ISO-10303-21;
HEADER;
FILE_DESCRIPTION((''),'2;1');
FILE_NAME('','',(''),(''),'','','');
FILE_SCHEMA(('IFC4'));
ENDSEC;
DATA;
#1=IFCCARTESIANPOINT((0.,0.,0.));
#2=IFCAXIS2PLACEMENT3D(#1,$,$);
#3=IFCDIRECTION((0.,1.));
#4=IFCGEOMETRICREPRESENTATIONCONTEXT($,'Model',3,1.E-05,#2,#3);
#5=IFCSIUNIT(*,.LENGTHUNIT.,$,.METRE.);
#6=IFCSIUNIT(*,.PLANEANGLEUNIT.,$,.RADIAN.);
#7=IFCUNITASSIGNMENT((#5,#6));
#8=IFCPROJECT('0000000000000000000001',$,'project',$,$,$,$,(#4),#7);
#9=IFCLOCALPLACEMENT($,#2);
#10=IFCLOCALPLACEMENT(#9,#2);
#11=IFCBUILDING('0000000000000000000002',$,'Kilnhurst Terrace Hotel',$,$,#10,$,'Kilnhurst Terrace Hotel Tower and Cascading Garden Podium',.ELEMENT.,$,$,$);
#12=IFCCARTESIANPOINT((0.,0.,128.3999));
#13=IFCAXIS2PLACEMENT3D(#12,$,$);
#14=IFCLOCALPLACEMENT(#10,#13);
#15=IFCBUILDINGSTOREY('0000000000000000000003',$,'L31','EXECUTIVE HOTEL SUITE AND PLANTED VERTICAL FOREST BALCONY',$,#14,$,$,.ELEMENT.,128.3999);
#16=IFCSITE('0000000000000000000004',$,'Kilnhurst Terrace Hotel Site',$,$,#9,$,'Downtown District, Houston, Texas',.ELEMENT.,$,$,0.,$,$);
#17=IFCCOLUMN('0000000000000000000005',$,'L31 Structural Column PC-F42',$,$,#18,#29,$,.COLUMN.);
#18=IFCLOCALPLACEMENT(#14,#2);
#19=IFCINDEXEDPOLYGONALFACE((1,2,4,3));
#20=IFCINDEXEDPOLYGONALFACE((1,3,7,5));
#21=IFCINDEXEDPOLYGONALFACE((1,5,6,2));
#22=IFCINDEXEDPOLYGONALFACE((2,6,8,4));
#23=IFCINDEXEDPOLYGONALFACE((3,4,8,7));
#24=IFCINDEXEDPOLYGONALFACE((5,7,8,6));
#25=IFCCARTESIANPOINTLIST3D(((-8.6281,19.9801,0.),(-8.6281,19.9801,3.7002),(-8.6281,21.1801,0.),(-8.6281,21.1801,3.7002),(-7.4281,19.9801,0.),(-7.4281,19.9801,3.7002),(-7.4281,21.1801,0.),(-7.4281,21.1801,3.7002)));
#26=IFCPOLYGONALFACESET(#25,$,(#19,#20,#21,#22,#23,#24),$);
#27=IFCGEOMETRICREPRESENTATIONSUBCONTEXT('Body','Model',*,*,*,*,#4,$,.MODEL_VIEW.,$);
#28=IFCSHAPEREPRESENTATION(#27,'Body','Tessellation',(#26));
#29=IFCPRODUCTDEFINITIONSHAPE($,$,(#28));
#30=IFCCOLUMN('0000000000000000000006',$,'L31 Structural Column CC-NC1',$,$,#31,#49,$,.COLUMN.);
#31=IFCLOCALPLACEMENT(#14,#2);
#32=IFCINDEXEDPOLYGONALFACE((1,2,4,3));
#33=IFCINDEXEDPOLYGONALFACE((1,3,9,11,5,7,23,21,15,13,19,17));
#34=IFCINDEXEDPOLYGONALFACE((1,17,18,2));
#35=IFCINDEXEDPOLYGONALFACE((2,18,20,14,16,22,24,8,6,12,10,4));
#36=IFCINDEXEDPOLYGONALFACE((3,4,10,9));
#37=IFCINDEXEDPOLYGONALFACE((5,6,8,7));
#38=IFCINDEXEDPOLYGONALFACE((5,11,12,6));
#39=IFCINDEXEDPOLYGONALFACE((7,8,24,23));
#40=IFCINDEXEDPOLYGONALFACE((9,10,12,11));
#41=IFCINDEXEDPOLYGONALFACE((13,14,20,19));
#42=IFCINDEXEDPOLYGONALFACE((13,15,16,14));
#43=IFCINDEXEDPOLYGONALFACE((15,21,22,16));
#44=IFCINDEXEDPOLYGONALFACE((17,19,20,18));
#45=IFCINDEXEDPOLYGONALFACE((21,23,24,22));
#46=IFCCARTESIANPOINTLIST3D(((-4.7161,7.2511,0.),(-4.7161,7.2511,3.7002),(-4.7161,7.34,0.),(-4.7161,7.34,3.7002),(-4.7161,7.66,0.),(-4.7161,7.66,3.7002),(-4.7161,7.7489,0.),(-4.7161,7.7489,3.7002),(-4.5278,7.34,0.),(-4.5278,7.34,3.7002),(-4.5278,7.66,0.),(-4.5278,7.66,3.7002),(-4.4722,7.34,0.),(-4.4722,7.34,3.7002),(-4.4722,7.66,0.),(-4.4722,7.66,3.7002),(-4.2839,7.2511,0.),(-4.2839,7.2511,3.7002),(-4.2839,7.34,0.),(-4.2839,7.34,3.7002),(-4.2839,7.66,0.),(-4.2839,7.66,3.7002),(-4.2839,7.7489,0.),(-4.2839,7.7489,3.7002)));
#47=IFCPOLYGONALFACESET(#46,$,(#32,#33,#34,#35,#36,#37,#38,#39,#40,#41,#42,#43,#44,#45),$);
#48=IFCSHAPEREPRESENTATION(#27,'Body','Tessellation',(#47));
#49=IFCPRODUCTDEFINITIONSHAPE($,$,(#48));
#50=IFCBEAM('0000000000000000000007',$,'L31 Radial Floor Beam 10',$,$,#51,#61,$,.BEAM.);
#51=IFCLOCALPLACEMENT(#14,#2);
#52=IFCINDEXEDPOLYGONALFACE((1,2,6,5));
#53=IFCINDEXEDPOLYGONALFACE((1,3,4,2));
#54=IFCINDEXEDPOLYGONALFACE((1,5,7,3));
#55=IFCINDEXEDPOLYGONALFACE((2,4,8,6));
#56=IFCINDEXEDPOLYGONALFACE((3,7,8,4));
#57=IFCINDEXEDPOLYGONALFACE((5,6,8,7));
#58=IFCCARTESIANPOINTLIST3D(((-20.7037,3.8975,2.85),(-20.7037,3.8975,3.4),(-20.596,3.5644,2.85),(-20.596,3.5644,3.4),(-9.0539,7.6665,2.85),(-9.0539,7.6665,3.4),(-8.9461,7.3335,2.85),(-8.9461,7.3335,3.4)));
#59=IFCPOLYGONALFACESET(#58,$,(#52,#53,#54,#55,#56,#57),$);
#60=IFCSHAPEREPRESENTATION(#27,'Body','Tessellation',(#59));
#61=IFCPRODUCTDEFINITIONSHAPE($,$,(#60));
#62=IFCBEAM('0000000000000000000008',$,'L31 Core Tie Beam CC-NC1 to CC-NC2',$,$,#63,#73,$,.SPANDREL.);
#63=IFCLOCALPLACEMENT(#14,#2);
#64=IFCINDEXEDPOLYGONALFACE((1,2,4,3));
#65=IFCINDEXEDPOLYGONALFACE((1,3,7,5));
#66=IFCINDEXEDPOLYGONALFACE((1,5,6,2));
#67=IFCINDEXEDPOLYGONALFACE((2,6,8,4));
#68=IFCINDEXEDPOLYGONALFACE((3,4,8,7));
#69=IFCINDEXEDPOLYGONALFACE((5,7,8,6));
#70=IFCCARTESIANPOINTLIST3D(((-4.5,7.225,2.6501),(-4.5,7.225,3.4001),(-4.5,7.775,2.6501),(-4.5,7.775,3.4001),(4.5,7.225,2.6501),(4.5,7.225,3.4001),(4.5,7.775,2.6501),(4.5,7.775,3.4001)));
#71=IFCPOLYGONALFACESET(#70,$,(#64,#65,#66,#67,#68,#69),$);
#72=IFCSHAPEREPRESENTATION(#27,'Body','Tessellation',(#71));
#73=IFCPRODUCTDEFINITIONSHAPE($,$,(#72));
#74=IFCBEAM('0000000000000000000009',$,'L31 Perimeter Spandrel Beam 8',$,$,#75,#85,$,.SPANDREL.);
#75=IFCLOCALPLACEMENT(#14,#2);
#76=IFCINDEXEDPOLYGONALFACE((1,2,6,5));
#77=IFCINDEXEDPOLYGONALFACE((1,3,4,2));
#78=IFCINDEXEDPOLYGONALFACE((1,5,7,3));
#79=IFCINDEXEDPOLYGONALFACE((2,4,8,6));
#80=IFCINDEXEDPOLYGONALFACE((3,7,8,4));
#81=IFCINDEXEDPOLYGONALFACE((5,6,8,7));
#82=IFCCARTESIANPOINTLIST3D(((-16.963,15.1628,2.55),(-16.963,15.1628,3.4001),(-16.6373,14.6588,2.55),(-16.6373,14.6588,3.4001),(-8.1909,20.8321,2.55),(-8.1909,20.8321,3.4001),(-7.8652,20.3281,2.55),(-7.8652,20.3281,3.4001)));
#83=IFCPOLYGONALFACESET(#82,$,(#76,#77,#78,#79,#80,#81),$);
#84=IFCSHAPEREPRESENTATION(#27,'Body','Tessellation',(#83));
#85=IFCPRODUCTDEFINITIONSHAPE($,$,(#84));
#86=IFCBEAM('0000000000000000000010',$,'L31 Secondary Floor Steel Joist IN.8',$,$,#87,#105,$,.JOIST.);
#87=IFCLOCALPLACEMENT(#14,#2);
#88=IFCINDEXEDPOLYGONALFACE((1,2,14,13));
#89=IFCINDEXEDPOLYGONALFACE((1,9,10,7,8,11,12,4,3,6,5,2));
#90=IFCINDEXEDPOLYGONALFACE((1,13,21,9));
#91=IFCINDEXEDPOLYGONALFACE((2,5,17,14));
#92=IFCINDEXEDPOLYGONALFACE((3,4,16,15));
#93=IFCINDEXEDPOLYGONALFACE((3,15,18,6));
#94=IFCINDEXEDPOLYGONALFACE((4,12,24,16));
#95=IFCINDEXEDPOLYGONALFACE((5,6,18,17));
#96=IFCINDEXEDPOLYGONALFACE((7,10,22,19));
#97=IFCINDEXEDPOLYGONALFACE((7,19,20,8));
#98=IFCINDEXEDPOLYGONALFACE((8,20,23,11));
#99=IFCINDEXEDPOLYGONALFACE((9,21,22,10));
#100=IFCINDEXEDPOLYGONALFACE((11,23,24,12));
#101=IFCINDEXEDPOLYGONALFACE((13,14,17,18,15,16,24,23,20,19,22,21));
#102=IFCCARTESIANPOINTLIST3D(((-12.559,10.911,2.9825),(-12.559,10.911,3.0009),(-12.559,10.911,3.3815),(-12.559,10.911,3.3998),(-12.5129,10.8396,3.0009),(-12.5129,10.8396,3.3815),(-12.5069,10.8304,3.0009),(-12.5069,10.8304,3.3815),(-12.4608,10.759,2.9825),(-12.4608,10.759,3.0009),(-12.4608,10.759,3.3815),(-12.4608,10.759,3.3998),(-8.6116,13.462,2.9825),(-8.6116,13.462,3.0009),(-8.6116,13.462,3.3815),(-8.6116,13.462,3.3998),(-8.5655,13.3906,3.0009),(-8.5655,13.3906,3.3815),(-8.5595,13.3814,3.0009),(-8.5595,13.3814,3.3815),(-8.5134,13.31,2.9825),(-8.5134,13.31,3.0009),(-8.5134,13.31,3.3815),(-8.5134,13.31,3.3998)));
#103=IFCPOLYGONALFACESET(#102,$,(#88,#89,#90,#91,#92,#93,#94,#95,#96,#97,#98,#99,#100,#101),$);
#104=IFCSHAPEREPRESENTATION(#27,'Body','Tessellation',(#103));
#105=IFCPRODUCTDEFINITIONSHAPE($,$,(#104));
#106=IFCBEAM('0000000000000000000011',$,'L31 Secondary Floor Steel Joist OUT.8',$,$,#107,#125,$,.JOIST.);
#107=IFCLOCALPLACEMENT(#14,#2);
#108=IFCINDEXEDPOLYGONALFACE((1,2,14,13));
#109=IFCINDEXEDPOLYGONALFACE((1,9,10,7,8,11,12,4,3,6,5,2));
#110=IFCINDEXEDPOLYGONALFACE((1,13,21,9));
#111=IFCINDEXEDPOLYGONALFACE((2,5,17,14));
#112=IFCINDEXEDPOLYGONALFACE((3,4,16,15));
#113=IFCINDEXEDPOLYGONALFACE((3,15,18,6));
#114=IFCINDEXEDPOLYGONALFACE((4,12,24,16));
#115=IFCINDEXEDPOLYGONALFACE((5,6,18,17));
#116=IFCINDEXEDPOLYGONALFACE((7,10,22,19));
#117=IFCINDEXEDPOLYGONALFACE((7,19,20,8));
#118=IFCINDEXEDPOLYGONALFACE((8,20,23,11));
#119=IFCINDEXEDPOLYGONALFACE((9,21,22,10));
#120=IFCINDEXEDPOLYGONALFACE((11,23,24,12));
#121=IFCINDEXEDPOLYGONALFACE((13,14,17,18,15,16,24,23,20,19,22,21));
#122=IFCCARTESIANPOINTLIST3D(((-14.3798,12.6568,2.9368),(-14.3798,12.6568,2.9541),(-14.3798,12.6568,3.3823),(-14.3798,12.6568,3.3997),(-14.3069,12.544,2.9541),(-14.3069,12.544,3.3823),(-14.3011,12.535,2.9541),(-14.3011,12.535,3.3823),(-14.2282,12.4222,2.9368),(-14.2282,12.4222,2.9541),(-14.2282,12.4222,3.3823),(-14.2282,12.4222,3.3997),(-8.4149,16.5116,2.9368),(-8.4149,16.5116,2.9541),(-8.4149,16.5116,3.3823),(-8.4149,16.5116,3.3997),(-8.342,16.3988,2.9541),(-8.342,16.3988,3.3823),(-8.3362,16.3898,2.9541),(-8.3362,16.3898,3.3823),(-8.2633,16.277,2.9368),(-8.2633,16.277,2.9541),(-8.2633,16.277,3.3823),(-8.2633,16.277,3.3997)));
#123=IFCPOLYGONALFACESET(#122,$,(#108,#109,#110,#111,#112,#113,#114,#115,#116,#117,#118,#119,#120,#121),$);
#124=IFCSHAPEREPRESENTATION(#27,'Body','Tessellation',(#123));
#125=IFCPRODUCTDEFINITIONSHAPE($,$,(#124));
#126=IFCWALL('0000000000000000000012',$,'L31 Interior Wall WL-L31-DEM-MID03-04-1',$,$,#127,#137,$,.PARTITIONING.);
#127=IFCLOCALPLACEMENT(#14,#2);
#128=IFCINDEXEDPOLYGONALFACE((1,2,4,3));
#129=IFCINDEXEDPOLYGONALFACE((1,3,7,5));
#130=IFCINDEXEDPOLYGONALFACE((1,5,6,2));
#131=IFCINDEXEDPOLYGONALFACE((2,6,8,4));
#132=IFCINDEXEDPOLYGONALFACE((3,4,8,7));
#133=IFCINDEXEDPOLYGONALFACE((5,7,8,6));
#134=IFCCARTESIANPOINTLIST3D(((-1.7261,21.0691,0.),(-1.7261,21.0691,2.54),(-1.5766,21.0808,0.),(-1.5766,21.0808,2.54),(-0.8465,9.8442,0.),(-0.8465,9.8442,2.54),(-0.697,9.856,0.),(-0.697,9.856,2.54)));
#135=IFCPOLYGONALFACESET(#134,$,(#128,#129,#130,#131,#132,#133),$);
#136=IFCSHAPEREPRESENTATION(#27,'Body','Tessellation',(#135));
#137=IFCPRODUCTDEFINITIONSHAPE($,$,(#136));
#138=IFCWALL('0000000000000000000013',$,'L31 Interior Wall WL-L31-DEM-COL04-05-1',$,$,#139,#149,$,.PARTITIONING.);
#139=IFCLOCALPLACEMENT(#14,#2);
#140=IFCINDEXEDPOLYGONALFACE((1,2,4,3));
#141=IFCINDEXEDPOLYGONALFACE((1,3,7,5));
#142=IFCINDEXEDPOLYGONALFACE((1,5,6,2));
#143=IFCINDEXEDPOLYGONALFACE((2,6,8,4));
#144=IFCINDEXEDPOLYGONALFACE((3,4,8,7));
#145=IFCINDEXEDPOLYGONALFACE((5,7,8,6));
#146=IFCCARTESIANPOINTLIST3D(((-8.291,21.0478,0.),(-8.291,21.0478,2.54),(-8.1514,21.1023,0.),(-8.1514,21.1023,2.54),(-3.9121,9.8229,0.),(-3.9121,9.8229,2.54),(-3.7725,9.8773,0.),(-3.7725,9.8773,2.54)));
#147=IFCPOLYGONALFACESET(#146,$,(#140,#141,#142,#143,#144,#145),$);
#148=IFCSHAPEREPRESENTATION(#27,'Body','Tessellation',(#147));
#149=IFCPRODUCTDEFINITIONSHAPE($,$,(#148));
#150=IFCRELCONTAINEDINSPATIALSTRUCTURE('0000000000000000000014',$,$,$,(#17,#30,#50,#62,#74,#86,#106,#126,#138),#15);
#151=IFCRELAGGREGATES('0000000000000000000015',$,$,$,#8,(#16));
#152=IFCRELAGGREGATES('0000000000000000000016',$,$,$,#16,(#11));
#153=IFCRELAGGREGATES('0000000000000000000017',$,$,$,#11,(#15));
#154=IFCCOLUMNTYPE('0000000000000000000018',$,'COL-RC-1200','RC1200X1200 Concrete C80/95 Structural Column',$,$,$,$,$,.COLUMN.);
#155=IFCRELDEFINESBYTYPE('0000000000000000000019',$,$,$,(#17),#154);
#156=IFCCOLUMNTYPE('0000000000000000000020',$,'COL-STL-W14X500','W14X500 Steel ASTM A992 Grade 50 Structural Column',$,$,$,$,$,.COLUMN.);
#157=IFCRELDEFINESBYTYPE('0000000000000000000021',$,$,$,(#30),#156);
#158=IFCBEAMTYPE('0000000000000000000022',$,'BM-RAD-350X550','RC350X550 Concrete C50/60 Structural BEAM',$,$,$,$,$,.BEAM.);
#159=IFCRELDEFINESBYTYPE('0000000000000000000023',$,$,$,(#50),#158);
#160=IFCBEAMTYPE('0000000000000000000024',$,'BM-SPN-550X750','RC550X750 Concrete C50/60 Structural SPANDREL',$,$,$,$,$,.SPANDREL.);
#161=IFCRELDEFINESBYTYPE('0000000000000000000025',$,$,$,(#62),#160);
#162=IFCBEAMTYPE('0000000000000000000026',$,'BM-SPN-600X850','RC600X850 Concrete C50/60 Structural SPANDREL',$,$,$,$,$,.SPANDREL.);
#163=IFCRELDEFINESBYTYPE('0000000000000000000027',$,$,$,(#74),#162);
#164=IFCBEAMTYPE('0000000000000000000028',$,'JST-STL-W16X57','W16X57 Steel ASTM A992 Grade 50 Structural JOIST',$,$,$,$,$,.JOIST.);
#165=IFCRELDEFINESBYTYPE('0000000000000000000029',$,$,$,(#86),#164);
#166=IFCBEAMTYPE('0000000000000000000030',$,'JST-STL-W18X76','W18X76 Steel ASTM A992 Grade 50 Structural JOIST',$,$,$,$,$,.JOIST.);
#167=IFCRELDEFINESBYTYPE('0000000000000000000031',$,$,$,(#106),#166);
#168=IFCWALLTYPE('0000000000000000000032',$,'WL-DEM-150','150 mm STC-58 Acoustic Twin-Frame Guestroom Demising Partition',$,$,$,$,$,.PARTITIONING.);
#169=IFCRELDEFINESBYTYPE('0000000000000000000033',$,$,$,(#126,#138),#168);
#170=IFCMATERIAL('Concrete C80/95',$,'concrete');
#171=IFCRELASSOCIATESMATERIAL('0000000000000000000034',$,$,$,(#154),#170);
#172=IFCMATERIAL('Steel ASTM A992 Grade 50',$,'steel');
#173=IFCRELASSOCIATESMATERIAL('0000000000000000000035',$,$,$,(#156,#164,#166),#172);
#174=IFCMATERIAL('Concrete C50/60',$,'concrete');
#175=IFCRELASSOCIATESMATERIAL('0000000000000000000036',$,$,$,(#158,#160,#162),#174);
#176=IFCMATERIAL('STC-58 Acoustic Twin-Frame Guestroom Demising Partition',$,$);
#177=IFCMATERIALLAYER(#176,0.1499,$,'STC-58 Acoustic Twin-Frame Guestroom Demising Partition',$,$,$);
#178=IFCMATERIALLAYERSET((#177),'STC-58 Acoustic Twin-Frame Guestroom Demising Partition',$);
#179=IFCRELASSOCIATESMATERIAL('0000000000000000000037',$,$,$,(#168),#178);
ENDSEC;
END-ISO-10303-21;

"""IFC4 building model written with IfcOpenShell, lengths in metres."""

from ifc_helpers import new_model, si_unit, direction, frame, frame_2d, origin, origin_2d, place, context, subcontext, project, spatial, rectangle, i_section, extrude, material, layer, layer_set, material_profile, profile_set, type_object, element, save


model = new_model("IFC4")

# Units and contexts
model_context = context("Model", 3, precision=1e-05, world=origin(), true_north=direction((0.0, 1.0)))
body_context = subcontext(model_context, "Body", "Model", "MODEL_VIEW")
ifc_project = project(units=[si_unit("LENGTHUNIT", "METRE"), si_unit("PLANEANGLEUNIT", "RADIAN")], contexts=[model_context])

# Site, building, storey
site_placement = place(None, origin())
site = spatial("IfcSite", under=ifc_project, at=site_placement, Name="Kilnhurst Terrace Hotel Site", LongName="Downtown District, Houston, Texas", CompositionType="ELEMENT", RefElevation=0.0)
building_placement = place(site_placement, origin())
building = spatial("IfcBuilding", under=site, at=building_placement, Name="Kilnhurst Terrace Hotel", LongName="Kilnhurst Terrace Hotel Tower and Cascading Garden Podium", CompositionType="ELEMENT")
storey_placement = place(building_placement, frame((0.0, 0.0, 128.3999)))
storey = spatial("IfcBuildingStorey", under=building, at=storey_placement, Name="L31", Description="EXECUTIVE HOTEL SUITE AND PLANTED VERTICAL FOREST BALCONY", CompositionType="ELEMENT", Elevation=128.3999)

# Columns
ifc_material_1 = material(Name="Concrete C80/95", Category="concrete")
ifc_material_profile_1 = material_profile(ifc_material_1, rectangle(XDim=1.2, YDim=1.2, at=origin_2d()), Name="RC1200X1200")
ifc_profile_set_1 = profile_set([ifc_material_profile_1], Name="Concrete C80/95")
column_type_1 = type_object("IfcColumnType", Name="COL-RC-1200", Description="RC1200X1200 Concrete C80/95 Structural Column", PredefinedType="COLUMN", material=ifc_profile_set_1)
column_1_placement = place(storey_placement, frame((-8.0281, 20.5801, 0.0), z_axis=(0.0, 0.0, 1.0), x_axis=(1.0, 0.0, 0.0)))
element("IfcColumn", 1, at=column_1_placement, inside=storey, type_object=column_type_1, Name="L31 Structural Column PC-F42", PredefinedType="COLUMN", context=body_context, shape_type="SweptSolid", body=[
    extrude(rectangle(XDim=1.2, YDim=1.2, at=origin_2d()), origin(), (0.0, 0.0, 1.0), 3.7002),
])
ifc_material_2 = material(Name="Steel ASTM A992 Grade 50", Category="steel")
ifc_material_profile_2 = material_profile(ifc_material_2, i_section(OverallWidth=0.4321, OverallDepth=0.4978, WebThickness=0.0557, FlangeThickness=0.0889, at=origin_2d()), Name="W14X500")
ifc_profile_set_2 = profile_set([ifc_material_profile_2], Name="Steel ASTM A992 Grade 50")
column_type_2 = type_object("IfcColumnType", Name="COL-STL-W14X500", Description="W14X500 Steel ASTM A992 Grade 50 Structural Column", PredefinedType="COLUMN", material=ifc_profile_set_2)
column_2_placement = place(storey_placement, frame((-4.5, 7.5, 0.0), z_axis=(0.0, 0.0, 1.0), x_axis=(1.0, 0.0, 0.0)))
element("IfcColumn", 2, at=column_2_placement, inside=storey, type_object=column_type_2, Name="L31 Structural Column CC-NC1", PredefinedType="COLUMN", context=body_context, shape_type="SweptSolid", body=[
    extrude(i_section(OverallWidth=0.4321, OverallDepth=0.4978, WebThickness=0.0557, FlangeThickness=0.0889, at=origin_2d()), origin(), (0.0, 0.0, 1.0), 3.7002),
])

# Beams
ifc_material_3 = material(Name="Concrete C50/60", Category="concrete")
ifc_material_profile_3 = material_profile(ifc_material_3, rectangle(XDim=0.3501, YDim=0.55, at=origin_2d()), Name="RC350X550")
ifc_profile_set_3 = profile_set([ifc_material_profile_3], Name="Concrete C50/60")
beam_type_1 = type_object("IfcBeamType", Name="BM-RAD-350X550", Description="RC350X550 Concrete C50/60 Structural BEAM", PredefinedType="BEAM", material=ifc_profile_set_3)
beam_1_placement = place(storey_placement, frame((-9.0, 7.5, 3.125), z_axis=(-0.951446, -0.307817, 0.0), x_axis=(0.307817, -0.951446, 0.0)))
element("IfcBeam", 3, at=beam_1_placement, inside=storey, type_object=beam_type_1, Name="L31 Radial Floor Beam 10", PredefinedType="BEAM", context=body_context, shape_type="SweptSolid", body=[
    extrude(rectangle(XDim=0.3501, YDim=0.55, at=origin_2d()), origin(), (0.0, 0.0, 1.0), 12.2444),
])
ifc_material_profile_4 = material_profile(ifc_material_3, rectangle(XDim=0.55, YDim=0.75, at=origin_2d()), Name="RC550X750")
ifc_profile_set_4 = profile_set([ifc_material_profile_4], Name="Concrete C50/60")
beam_type_2 = type_object("IfcBeamType", Name="BM-SPN-550X750", Description="RC550X750 Concrete C50/60 Structural SPANDREL", PredefinedType="SPANDREL", material=ifc_profile_set_4)
beam_2_placement = place(storey_placement, frame((-4.5, 7.5, 3.0251), z_axis=(1.0, 0.0, 0.0), x_axis=(0.0, 1.0, 0.0)))
element("IfcBeam", 4, at=beam_2_placement, inside=storey, type_object=beam_type_2, Name="L31 Core Tie Beam CC-NC1 to CC-NC2", PredefinedType="SPANDREL", context=body_context, shape_type="SweptSolid", body=[
    extrude(rectangle(XDim=0.55, YDim=0.75, at=origin_2d()), origin(), (0.0, 0.0, 1.0), 9.0),
])
ifc_material_profile_5 = material_profile(ifc_material_3, rectangle(XDim=0.6001, YDim=0.8501, at=origin_2d()), Name="RC600X850")
ifc_profile_set_5 = profile_set([ifc_material_profile_5], Name="Concrete C50/60")
beam_type_3 = type_object("IfcBeamType", Name="BM-SPN-600X850", Description="RC600X850 Concrete C50/60 Structural SPANDREL", PredefinedType="SPANDREL", material=ifc_profile_set_5)
beam_3_placement = place(storey_placement, frame((-8.0281, 20.5801, 2.9751), z_axis=(-0.839867, -0.542793, 0.0), x_axis=(0.542793, -0.839867, 0.0)))
element("IfcBeam", 5, at=beam_3_placement, inside=storey, type_object=beam_type_3, Name="L31 Perimeter Spandrel Beam 8", PredefinedType="SPANDREL", context=body_context, shape_type="SweptSolid", body=[
    extrude(rectangle(XDim=0.6001, YDim=0.8501, at=origin_2d()), origin(), (0.0, 0.0, 1.0), 10.4446),
])
ifc_material_profile_6 = material_profile(ifc_material_2, i_section(OverallWidth=0.1809, OverallDepth=0.4172, WebThickness=0.011, FlangeThickness=0.0183, at=origin_2d()), Name="W16X57")
ifc_profile_set_6 = profile_set([ifc_material_profile_6], Name="Steel ASTM A992 Grade 50")
beam_type_4 = type_object("IfcBeamType", Name="JST-STL-W16X57", Description="W16X57 Steel ASTM A992 Grade 50 Structural JOIST", PredefinedType="JOIST", material=ifc_profile_set_6)
beam_4_placement = place(storey_placement, frame((-8.5625, 13.386, 3.1912), z_axis=(-0.839885, -0.542764, 0.0), x_axis=(0.542764, -0.839885, 0.0)))
element("IfcBeam", 6, at=beam_4_placement, inside=storey, type_object=beam_type_4, Name="L31 Secondary Floor Steel Joist IN.8", PredefinedType="JOIST", context=body_context, shape_type="SweptSolid", body=[
    extrude(i_section(OverallWidth=0.1809, OverallDepth=0.4172, WebThickness=0.011, FlangeThickness=0.0183, at=origin_2d()), origin(), (0.0, 0.0, 1.0), 4.7),
])
ifc_material_profile_7 = material_profile(ifc_material_2, i_section(OverallWidth=0.2793, OverallDepth=0.4629, WebThickness=0.0107, FlangeThickness=0.0173, at=origin_2d()), Name="W18X76")
ifc_profile_set_7 = profile_set([ifc_material_profile_7], Name="Steel ASTM A992 Grade 50")
beam_type_5 = type_object("IfcBeamType", Name="JST-STL-W18X76", Description="W18X76 Steel ASTM A992 Grade 50 Structural JOIST", PredefinedType="JOIST", material=ifc_profile_set_7)
beam_5_placement = place(storey_placement, frame((-8.3391, 16.3943, 3.1682), z_axis=(-0.839883, -0.542768, 0.0), x_axis=(0.542768, -0.839883, 0.0)))
element("IfcBeam", 7, at=beam_5_placement, inside=storey, type_object=beam_type_5, Name="L31 Secondary Floor Steel Joist OUT.8", PredefinedType="JOIST", context=body_context, shape_type="SweptSolid", body=[
    extrude(i_section(OverallWidth=0.2793, OverallDepth=0.4629, WebThickness=0.0107, FlangeThickness=0.0173, at=origin_2d()), origin(), (0.0, 0.0, 1.0), 7.1021),
])

# Walls
ifc_material_4 = material(Name="STC-58 Acoustic Twin-Frame Guestroom Demising Partition")
ifc_layer_1 = layer(ifc_material_4, 0.1499, Name="STC-58 Acoustic Twin-Frame Guestroom Demising Partition")
ifc_layer_set_1 = layer_set([ifc_layer_1], Name="STC-58 Acoustic Twin-Frame Guestroom Demising Partition")
wall_type_1 = type_object("IfcWallType", Name="WL-DEM-150", Description="150 mm STC-58 Acoustic Twin-Frame Guestroom Demising Partition", PredefinedType="PARTITIONING", material=ifc_layer_set_1)
wall_1_placement = place(storey_placement, frame((-0.7717, 9.8501, 0.0), z_axis=(0.0, 0.0, 1.0), x_axis=(-0.078126, 0.996944, 0.0)))
element("IfcWall", 8, at=wall_1_placement, inside=storey, type_object=wall_type_1, Name="L31 Interior Wall WL-L31-DEM-MID03-04-1", PredefinedType="PARTITIONING", context=body_context, shape_type="SweptSolid", body=[
    extrude(rectangle(XDim=11.2593, YDim=0.1499, at=frame_2d((5.6296, 0.0))), origin(), (0.0, 0.0, 1.0), 2.54),
])
wall_2_placement = place(storey_placement, frame((-3.8423, 9.8501, 0.0), z_axis=(0.0, 0.0, 1.0), x_axis=(-0.363433, 0.93162, 0.0)))
element("IfcWall", 9, at=wall_2_placement, inside=storey, type_object=wall_type_1, Name="L31 Interior Wall WL-L31-DEM-COL04-05-1", PredefinedType="PARTITIONING", context=body_context, shape_type="SweptSolid", body=[
    extrude(rectangle(XDim=12.0488, YDim=0.1499, at=frame_2d((6.0244, 0.0))), origin(), (0.0, 0.0, 1.0), 2.54),
])

save(model, "model.ifc")
